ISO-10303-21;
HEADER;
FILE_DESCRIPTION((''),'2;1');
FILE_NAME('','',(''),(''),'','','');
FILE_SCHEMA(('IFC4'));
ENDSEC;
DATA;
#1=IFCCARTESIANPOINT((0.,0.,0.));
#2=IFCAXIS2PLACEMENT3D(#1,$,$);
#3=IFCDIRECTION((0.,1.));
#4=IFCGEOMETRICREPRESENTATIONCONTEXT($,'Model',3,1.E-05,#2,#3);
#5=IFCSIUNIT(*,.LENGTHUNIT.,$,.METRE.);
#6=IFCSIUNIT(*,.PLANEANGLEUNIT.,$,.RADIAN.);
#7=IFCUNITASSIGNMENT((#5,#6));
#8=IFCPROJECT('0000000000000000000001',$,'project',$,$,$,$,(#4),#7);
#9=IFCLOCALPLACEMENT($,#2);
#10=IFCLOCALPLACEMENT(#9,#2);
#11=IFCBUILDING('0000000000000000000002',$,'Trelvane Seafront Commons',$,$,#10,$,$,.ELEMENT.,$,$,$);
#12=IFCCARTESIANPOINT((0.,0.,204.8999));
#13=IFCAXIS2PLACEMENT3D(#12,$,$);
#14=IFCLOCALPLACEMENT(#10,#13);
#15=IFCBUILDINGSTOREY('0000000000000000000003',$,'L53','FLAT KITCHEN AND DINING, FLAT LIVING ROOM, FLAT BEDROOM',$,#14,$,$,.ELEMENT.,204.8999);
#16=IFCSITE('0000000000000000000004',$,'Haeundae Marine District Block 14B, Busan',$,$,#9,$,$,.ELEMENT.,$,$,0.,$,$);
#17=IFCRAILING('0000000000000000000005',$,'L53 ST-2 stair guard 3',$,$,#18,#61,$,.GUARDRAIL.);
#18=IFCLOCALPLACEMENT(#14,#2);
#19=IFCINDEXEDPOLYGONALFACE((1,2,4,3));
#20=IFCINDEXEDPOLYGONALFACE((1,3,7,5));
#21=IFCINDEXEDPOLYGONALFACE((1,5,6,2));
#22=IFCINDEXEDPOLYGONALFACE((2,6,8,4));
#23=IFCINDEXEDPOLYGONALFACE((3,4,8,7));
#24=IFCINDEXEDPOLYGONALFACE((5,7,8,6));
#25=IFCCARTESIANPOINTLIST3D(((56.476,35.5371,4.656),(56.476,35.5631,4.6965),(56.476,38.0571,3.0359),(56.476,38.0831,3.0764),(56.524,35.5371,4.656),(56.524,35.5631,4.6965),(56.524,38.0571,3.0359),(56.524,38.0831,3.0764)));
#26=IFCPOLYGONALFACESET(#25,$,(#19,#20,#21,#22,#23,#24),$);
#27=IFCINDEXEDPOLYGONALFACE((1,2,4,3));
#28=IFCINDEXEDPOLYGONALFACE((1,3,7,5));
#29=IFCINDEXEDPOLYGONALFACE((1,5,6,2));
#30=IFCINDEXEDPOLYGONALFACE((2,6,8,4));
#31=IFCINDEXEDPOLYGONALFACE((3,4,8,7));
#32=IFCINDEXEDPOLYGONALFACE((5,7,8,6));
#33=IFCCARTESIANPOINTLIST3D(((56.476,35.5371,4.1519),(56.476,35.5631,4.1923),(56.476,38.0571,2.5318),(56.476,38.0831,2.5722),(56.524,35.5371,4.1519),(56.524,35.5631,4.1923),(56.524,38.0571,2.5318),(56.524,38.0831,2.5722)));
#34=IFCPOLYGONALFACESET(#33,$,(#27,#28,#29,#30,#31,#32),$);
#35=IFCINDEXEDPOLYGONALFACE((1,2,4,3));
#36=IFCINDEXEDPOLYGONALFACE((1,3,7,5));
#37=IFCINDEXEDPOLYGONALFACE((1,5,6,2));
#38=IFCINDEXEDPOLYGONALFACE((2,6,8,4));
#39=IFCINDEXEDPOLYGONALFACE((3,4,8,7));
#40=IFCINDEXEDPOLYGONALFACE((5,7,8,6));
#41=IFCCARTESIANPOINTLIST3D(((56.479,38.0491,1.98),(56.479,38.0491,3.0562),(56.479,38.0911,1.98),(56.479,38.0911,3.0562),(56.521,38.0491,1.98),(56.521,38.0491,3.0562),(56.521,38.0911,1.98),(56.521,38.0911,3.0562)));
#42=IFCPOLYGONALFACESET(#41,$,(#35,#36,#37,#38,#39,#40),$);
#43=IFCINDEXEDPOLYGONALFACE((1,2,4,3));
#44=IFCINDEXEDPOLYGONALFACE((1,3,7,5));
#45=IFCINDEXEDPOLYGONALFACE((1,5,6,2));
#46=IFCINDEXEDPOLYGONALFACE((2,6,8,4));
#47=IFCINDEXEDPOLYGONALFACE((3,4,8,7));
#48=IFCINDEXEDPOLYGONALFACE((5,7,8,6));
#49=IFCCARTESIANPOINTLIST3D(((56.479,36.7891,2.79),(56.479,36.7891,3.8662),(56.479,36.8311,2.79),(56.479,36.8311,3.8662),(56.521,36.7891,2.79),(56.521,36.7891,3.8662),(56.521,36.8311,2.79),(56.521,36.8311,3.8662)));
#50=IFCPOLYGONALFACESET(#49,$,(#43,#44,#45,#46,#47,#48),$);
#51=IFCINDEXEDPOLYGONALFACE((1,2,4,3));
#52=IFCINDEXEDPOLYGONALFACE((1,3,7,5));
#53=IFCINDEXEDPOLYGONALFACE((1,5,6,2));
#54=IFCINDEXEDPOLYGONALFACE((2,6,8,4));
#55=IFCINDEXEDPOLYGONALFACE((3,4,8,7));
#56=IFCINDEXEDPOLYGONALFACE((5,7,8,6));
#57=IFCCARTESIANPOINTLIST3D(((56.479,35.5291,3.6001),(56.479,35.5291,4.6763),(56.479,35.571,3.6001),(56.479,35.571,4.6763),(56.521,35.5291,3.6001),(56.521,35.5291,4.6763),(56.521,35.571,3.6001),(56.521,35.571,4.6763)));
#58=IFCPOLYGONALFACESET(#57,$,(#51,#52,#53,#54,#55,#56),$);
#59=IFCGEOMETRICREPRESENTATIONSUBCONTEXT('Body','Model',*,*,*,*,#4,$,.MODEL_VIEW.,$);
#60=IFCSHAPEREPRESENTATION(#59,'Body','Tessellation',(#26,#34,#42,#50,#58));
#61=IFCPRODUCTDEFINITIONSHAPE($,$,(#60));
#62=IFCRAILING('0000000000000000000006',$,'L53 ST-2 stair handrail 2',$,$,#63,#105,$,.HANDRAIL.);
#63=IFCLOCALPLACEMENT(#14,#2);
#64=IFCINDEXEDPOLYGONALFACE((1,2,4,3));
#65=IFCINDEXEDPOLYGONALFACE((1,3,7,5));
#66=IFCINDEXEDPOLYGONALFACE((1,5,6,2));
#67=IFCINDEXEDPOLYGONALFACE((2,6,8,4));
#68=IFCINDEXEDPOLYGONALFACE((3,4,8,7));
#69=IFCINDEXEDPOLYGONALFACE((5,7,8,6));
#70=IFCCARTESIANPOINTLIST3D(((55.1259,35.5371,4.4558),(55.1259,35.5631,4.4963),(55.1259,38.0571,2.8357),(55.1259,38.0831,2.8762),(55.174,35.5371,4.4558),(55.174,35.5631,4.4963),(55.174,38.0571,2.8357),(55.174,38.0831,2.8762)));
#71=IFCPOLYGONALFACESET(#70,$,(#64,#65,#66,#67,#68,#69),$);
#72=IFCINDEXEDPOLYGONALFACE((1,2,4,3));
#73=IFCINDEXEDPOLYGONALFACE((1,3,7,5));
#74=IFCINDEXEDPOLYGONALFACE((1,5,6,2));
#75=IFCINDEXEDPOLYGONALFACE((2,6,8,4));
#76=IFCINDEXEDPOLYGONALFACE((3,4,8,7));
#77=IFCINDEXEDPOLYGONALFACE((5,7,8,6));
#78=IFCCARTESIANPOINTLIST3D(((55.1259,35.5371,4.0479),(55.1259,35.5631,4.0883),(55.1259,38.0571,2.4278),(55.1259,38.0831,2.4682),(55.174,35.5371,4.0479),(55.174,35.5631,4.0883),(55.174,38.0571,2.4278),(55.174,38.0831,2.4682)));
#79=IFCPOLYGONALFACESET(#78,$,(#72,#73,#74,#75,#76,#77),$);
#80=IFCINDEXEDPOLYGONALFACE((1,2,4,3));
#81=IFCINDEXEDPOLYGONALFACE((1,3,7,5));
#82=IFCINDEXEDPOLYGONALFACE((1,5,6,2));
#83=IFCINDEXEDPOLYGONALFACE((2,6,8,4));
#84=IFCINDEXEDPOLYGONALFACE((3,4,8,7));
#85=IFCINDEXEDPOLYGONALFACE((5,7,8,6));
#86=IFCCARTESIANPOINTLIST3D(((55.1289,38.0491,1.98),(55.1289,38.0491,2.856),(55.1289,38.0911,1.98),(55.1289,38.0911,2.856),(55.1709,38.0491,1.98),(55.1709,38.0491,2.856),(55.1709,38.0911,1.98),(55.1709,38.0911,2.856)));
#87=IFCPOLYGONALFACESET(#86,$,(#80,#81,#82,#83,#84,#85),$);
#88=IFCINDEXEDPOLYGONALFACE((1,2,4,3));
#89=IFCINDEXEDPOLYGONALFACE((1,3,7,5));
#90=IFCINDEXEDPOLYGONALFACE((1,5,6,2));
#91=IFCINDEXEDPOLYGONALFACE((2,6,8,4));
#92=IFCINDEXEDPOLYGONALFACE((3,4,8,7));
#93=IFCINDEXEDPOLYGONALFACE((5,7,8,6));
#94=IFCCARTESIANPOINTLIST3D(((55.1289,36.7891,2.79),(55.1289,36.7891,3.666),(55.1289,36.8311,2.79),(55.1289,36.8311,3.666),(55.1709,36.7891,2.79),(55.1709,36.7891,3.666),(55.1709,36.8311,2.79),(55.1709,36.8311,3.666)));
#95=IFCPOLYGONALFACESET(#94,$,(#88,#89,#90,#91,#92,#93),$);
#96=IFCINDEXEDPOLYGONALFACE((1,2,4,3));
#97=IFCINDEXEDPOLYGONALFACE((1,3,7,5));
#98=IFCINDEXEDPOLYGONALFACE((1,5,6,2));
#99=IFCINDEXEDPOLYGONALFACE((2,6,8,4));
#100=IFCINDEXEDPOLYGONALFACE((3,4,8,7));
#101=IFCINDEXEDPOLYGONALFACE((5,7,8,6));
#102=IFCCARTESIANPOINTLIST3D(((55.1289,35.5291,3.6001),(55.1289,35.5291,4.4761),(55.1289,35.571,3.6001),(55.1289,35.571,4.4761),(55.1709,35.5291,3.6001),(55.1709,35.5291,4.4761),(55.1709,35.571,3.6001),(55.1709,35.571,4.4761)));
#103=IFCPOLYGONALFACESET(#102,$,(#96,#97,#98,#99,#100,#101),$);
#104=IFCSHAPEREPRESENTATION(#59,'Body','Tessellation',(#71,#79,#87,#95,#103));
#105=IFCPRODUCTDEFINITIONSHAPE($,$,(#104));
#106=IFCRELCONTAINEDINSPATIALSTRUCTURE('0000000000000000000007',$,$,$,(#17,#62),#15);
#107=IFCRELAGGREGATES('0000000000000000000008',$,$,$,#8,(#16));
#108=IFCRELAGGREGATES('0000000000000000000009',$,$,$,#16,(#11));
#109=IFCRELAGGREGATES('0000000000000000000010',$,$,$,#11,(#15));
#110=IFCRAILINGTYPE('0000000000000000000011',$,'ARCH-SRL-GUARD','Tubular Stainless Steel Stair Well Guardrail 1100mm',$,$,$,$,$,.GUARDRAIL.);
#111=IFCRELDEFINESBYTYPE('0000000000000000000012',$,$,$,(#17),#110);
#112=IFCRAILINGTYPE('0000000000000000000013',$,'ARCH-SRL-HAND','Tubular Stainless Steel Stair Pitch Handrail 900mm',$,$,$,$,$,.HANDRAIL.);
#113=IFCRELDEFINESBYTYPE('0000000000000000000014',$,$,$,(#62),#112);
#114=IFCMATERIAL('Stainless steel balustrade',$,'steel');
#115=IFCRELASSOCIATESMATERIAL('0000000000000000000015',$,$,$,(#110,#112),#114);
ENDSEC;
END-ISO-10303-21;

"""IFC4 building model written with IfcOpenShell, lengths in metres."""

from ifc_helpers import new_model, si_unit, direction, frame, origin, origin_2d, place, context, subcontext, project, spatial, rectangle, extrude, material, type_object, element, save


model = new_model("IFC4")

# Units and contexts
model_context = context("Model", 3, precision=1e-05, world=origin(), true_north=direction((0.0, 1.0)))
body_context = subcontext(model_context, "Body", "Model", "MODEL_VIEW")
ifc_project = project(units=[si_unit("LENGTHUNIT", "METRE"), si_unit("PLANEANGLEUNIT", "RADIAN")], contexts=[model_context])

# Site, building, storey
site_placement = place(None, origin())
site = spatial("IfcSite", under=ifc_project, at=site_placement, Name="Haeundae Marine District Block 14B, Busan", CompositionType="ELEMENT", RefElevation=0.0)
building_placement = place(site_placement, origin())
building = spatial("IfcBuilding", under=site, at=building_placement, Name="Trelvane Seafront Commons", CompositionType="ELEMENT")
storey_placement = place(building_placement, frame((0.0, 0.0, 204.8999)))
storey = spatial("IfcBuildingStorey", under=building, at=storey_placement, Name="L53", Description="FLAT KITCHEN AND DINING, FLAT LIVING ROOM, FLAT BEDROOM", CompositionType="ELEMENT", Elevation=204.8999)

# Railings
ifc_material_1 = material(Name="Stainless steel balustrade", Category="steel")
railing_type_1 = type_object("IfcRailingType", Name="ARCH-SRL-GUARD", Description="Tubular Stainless Steel Stair Well Guardrail 1100mm", PredefinedType="GUARDRAIL", material=ifc_material_1)
railing_1_placement = place(storey_placement, frame((56.5, 38.0701, 1.98)))
element("IfcRailing", 1, at=railing_1_placement, inside=storey, type_object=railing_type_1, Name="L53 ST-2 stair guard 3", PredefinedType="GUARDRAIL", context=body_context, shape_type="SweptSolid", body=[
    extrude(rectangle(XDim=0.0481, YDim=0.0481, at=origin_2d()), frame((0.0, 0.0, 1.0762), z_axis=(0.0, -0.841163, 0.540782), x_axis=(1.0, 0.0, 0.0)), (0.0, 0.0, 1.0), 2.9958),
    extrude(rectangle(XDim=0.0481, YDim=0.0481, at=origin_2d()), frame((0.0, 0.0, 0.572), z_axis=(0.0, -0.841163, 0.540782), x_axis=(1.0, 0.0, 0.0)), (0.0, 0.0, 1.0), 2.9958),
    extrude(rectangle(XDim=0.042, YDim=0.042, at=origin_2d()), origin(), (0.0, 0.0, 1.0), 1.0762),
    extrude(rectangle(XDim=0.042, YDim=0.042, at=origin_2d()), frame((0.0, -1.26, 0.8101)), (0.0, 0.0, 1.0), 1.0762),
    extrude(rectangle(XDim=0.042, YDim=0.042, at=origin_2d()), frame((0.0, -2.52, 1.6201)), (0.0, 0.0, 1.0), 1.0762),
])
railing_type_2 = type_object("IfcRailingType", Name="ARCH-SRL-HAND", Description="Tubular Stainless Steel Stair Pitch Handrail 900mm", PredefinedType="HANDRAIL", material=ifc_material_1)
railing_2_placement = place(storey_placement, frame((55.1499, 38.0701, 1.98)))
element("IfcRailing", 2, at=railing_2_placement, inside=storey, type_object=railing_type_2, Name="L53 ST-2 stair handrail 2", PredefinedType="HANDRAIL", context=body_context, shape_type="SweptSolid", body=[
    extrude(rectangle(XDim=0.0481, YDim=0.0481, at=origin_2d()), frame((0.0, 0.0, 0.876), z_axis=(0.0, -0.841163, 0.540782), x_axis=(1.0, 0.0, 0.0)), (0.0, 0.0, 1.0), 2.9958),
    extrude(rectangle(XDim=0.0481, YDim=0.0481, at=origin_2d()), frame((0.0, 0.0, 0.468), z_axis=(0.0, -0.841163, 0.540782), x_axis=(1.0, 0.0, 0.0)), (0.0, 0.0, 1.0), 2.9958),
    extrude(rectangle(XDim=0.042, YDim=0.042, at=origin_2d()), origin(), (0.0, 0.0, 1.0), 0.876),
    extrude(rectangle(XDim=0.042, YDim=0.042, at=origin_2d()), frame((0.0, -1.26, 0.8101)), (0.0, 0.0, 1.0), 0.876),
    extrude(rectangle(XDim=0.042, YDim=0.042, at=origin_2d()), frame((0.0, -2.52, 1.6201)), (0.0, 0.0, 1.0), 0.876),
])

save(model, "model.ifc")
